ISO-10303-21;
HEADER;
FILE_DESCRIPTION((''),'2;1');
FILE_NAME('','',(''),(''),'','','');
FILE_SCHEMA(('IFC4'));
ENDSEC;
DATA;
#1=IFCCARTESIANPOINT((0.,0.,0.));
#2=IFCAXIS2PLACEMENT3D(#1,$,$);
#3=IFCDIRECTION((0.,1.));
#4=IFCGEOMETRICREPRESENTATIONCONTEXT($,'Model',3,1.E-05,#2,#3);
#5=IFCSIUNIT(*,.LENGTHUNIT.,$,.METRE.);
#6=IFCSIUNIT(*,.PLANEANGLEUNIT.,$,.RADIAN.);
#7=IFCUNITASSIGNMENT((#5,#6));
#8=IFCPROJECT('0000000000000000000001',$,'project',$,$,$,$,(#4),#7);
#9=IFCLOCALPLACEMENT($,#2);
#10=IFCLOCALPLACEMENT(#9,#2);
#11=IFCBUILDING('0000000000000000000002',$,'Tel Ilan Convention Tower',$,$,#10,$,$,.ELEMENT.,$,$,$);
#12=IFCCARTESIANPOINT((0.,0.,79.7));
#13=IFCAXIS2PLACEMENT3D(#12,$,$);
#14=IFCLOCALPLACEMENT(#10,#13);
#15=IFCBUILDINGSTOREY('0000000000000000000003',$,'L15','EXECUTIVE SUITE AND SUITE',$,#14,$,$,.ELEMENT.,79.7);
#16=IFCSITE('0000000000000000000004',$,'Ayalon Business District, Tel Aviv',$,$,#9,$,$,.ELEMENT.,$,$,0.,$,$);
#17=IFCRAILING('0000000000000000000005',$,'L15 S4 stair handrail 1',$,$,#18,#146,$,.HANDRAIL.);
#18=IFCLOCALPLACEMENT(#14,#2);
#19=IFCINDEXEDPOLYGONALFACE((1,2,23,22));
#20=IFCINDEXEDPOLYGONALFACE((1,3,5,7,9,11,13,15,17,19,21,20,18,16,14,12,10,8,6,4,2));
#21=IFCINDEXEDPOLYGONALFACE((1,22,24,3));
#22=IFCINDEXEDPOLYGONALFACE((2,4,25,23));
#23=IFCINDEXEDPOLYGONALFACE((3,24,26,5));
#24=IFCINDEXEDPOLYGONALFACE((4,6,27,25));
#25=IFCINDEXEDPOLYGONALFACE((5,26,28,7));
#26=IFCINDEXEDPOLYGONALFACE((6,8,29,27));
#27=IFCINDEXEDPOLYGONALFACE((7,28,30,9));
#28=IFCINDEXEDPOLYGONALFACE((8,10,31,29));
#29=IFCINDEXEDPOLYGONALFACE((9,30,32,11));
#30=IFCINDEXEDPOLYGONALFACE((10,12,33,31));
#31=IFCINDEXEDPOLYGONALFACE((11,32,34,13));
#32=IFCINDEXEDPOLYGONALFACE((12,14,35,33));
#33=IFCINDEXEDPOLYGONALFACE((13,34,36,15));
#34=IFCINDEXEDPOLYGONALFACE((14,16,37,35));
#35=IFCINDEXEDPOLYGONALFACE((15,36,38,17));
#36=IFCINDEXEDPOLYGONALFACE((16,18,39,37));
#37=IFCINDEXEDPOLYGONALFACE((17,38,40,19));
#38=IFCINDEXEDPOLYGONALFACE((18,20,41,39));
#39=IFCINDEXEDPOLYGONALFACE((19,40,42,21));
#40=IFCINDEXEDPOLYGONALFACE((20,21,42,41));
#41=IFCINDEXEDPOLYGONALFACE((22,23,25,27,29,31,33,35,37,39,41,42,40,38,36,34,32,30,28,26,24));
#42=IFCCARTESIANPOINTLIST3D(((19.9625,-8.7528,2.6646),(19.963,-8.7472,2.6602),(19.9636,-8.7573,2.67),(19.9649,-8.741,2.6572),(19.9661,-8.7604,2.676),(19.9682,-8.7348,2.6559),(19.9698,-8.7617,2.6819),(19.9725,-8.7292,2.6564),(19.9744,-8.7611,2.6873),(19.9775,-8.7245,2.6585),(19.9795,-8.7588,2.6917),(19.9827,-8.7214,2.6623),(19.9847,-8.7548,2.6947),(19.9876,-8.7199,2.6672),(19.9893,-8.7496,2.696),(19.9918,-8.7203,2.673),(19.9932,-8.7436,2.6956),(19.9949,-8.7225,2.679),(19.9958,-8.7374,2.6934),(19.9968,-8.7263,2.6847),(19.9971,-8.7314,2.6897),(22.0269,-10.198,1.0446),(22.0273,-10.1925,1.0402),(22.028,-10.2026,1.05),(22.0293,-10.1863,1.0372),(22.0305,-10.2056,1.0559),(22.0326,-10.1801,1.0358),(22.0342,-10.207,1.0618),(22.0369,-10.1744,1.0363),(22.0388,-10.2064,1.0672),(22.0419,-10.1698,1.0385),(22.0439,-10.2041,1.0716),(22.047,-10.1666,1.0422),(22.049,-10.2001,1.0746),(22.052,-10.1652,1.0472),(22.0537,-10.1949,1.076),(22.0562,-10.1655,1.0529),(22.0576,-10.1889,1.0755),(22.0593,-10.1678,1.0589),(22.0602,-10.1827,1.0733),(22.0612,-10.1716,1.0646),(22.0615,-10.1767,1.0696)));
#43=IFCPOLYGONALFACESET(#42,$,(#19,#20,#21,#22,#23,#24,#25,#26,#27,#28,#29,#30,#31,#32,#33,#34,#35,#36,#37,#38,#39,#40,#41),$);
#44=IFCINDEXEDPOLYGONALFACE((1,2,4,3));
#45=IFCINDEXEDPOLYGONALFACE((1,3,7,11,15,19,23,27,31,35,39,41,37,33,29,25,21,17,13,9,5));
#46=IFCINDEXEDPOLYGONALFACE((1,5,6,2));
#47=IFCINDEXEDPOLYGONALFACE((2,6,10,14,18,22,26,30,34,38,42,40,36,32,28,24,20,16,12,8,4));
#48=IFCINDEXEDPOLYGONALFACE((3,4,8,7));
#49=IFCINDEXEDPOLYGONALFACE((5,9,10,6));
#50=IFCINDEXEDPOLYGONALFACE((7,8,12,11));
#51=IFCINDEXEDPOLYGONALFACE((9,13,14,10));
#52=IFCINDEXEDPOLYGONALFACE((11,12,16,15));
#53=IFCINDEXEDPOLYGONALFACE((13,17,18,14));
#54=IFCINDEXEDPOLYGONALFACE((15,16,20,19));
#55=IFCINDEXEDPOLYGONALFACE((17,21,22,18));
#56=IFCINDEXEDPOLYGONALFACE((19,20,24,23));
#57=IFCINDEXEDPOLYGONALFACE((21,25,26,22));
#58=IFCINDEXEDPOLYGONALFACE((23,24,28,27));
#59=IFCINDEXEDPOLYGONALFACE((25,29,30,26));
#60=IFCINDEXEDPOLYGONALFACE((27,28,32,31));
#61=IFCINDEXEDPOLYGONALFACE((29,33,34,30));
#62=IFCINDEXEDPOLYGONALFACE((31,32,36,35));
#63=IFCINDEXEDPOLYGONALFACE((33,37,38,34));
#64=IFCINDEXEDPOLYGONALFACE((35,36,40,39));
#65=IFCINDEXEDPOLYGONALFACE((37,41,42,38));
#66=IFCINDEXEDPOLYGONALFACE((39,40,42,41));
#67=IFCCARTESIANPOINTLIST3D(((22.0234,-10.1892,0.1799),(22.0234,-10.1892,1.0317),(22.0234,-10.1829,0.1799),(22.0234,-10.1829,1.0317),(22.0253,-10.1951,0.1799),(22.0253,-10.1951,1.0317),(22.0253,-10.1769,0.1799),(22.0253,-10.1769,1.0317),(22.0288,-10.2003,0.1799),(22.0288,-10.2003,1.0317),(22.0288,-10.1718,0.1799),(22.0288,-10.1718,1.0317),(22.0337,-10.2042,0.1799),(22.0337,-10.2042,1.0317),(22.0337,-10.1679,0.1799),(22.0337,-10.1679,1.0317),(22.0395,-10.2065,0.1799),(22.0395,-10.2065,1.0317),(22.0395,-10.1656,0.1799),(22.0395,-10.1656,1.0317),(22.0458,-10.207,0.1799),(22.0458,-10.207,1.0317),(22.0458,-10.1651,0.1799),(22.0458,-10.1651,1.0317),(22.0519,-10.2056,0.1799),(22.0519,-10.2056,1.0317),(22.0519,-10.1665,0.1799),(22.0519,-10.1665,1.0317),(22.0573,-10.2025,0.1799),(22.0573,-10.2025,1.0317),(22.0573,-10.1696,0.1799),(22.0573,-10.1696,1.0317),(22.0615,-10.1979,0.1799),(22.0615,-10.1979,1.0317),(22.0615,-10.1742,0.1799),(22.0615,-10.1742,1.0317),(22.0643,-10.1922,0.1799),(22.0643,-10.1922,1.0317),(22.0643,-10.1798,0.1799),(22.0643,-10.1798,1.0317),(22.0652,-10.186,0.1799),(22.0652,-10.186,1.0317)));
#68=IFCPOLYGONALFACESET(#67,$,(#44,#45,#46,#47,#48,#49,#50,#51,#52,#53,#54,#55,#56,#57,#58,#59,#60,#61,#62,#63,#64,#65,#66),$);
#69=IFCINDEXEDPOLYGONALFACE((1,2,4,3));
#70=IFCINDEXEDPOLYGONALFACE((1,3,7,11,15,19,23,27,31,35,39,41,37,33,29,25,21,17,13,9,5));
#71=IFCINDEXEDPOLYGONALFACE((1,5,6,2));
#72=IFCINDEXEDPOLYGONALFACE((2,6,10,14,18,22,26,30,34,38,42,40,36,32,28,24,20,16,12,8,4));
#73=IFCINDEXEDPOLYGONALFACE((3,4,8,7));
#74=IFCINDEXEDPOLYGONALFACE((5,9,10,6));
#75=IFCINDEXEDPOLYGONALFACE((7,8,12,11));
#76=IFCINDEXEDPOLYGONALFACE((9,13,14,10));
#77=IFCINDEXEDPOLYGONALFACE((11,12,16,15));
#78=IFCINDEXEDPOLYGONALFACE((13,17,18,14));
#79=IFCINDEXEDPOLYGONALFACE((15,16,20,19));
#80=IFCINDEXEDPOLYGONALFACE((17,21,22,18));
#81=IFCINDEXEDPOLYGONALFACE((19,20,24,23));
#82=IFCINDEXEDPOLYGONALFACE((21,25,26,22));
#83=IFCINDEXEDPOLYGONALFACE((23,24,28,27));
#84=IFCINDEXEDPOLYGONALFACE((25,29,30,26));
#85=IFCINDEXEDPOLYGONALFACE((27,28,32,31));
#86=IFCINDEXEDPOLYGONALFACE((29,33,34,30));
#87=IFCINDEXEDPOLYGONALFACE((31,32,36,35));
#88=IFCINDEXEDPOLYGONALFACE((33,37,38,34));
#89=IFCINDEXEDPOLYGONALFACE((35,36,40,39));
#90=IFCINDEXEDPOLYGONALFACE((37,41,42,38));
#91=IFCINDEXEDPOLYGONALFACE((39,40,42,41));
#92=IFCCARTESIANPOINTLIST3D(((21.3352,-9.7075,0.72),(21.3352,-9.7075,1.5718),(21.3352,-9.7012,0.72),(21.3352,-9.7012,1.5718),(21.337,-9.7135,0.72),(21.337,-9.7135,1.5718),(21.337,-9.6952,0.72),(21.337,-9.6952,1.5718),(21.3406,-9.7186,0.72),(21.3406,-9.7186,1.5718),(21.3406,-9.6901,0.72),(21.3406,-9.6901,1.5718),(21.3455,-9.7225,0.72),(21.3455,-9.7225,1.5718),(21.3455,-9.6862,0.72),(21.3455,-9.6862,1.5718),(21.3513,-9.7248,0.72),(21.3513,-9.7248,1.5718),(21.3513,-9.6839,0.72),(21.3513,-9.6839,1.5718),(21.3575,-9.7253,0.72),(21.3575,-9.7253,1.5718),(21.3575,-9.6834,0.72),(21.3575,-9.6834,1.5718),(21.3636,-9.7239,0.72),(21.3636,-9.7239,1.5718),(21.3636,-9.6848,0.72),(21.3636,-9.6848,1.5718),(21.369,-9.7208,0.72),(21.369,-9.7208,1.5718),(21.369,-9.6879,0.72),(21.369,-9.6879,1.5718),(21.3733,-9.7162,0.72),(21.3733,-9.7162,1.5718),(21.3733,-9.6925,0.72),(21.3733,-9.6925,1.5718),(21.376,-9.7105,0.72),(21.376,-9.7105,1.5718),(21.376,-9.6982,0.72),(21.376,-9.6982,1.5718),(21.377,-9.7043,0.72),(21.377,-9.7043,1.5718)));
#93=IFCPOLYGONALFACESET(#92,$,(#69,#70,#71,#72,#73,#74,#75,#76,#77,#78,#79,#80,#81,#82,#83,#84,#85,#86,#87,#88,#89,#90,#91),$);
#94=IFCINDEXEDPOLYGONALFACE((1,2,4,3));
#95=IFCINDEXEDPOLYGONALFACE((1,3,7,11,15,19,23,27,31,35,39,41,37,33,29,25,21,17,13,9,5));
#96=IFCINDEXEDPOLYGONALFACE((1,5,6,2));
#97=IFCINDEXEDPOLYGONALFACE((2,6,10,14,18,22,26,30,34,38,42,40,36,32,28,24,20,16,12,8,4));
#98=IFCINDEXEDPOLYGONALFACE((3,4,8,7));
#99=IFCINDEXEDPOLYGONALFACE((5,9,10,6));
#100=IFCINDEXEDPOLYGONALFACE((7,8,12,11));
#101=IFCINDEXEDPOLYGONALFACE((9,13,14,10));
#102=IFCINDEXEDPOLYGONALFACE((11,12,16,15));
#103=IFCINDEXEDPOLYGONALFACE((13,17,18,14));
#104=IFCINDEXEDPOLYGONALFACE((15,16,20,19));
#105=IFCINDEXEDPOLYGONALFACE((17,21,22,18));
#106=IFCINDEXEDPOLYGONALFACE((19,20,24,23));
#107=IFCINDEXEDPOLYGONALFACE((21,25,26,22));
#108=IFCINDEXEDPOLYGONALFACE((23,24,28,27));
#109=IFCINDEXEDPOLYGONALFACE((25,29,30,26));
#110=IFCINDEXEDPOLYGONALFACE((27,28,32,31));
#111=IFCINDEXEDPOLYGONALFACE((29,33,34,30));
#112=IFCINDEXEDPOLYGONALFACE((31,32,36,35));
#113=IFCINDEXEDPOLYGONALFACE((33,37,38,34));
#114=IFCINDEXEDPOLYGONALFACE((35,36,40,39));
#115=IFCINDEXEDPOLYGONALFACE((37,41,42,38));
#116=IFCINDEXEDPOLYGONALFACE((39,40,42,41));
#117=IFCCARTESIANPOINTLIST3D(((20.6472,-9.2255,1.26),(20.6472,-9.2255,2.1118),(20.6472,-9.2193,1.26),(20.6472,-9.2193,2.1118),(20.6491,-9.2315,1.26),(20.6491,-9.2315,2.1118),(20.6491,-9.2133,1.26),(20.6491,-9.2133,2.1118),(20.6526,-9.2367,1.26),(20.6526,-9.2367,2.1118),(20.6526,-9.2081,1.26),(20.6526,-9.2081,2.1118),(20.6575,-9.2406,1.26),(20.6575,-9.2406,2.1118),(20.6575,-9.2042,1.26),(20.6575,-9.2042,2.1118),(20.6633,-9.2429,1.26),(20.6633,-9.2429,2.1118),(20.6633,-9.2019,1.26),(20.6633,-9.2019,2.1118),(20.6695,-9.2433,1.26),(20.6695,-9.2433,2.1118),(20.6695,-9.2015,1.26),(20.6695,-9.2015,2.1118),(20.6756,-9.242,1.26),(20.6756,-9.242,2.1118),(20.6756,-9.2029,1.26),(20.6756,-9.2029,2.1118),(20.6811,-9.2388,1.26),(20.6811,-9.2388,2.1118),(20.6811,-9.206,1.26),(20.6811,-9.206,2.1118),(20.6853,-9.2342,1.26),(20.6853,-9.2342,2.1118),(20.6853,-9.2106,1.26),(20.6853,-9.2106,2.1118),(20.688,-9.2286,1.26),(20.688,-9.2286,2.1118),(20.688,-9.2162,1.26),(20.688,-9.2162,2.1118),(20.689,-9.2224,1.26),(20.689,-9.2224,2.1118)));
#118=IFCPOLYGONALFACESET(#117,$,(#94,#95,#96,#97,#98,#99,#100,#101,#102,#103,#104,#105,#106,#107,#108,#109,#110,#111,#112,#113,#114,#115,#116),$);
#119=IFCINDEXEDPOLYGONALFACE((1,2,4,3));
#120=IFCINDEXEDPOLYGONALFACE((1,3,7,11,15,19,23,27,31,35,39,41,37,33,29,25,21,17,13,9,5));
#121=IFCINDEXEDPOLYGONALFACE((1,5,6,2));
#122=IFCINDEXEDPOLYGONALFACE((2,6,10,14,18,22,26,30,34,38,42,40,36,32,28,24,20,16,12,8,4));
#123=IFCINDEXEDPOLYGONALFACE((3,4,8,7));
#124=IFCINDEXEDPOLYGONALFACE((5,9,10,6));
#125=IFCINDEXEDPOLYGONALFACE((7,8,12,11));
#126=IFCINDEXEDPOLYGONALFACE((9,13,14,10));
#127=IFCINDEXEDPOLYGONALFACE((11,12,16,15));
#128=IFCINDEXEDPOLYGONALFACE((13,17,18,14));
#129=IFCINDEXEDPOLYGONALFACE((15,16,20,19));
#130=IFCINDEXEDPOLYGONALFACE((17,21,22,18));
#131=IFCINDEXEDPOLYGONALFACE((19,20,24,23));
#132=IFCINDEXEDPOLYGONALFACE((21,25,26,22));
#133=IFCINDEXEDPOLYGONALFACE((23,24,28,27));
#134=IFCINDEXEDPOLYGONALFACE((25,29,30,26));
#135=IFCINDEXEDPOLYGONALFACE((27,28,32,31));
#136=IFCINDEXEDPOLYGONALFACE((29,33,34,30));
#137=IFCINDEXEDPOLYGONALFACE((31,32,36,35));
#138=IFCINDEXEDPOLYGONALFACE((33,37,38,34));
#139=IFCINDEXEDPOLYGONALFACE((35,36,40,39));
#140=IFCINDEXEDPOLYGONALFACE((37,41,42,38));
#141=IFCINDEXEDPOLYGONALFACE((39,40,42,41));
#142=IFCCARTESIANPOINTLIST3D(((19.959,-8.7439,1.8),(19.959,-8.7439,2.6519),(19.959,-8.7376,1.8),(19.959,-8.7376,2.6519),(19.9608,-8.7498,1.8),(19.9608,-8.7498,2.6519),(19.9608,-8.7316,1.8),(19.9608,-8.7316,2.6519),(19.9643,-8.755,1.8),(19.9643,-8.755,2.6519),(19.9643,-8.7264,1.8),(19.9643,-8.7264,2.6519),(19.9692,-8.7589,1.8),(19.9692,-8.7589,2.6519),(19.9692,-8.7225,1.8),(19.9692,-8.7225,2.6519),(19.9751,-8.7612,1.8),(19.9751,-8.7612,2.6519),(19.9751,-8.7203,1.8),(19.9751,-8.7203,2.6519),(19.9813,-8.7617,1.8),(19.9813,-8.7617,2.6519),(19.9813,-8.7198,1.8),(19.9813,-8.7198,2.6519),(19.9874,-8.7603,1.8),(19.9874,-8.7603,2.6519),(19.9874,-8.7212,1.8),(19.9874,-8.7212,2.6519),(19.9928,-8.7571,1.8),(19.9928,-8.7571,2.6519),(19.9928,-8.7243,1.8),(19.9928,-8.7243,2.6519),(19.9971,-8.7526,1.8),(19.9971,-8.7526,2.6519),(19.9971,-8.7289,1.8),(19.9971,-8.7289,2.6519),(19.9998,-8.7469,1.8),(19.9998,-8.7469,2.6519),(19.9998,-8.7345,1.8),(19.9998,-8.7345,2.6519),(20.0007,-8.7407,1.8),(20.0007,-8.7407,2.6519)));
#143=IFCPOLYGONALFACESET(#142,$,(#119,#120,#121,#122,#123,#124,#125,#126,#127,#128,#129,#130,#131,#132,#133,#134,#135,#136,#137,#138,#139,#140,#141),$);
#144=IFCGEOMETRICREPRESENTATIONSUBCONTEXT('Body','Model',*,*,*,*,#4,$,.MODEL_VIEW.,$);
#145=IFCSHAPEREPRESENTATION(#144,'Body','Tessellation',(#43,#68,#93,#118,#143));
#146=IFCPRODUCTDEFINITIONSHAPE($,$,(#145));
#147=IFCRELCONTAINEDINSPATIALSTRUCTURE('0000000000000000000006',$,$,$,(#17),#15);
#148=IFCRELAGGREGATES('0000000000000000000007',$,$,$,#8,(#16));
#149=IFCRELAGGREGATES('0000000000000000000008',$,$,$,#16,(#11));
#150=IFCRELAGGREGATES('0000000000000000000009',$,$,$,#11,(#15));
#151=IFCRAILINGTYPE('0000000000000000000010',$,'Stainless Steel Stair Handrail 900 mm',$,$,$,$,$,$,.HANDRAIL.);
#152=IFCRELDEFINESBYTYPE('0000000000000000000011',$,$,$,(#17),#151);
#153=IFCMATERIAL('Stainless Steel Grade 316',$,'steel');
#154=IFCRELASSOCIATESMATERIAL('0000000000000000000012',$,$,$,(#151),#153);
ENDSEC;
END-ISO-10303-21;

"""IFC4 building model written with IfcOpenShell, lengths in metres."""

from ifc_helpers import new_model, si_unit, direction, frame, origin, origin_2d, place, context, subcontext, project, spatial, circle, extrude, material, type_object, element, save


model = new_model("IFC4")

# Units and contexts
model_context = context("Model", 3, precision=1e-05, world=origin(), true_north=direction((0.0, 1.0)))
body_context = subcontext(model_context, "Body", "Model", "MODEL_VIEW")
ifc_project = project(units=[si_unit("LENGTHUNIT", "METRE"), si_unit("PLANEANGLEUNIT", "RADIAN")], contexts=[model_context])

# Site, building, storey
site_placement = place(None, origin())
site = spatial("IfcSite", under=ifc_project, at=site_placement, Name="Ayalon Business District, Tel Aviv", CompositionType="ELEMENT", RefElevation=0.0)
building_placement = place(site_placement, origin())
building = spatial("IfcBuilding", under=site, at=building_placement, Name="Tel Ilan Convention Tower", CompositionType="ELEMENT")
storey_placement = place(building_placement, frame((0.0, 0.0, 79.7)))
storey = spatial("IfcBuildingStorey", under=building, at=storey_placement, Name="L15", Description="EXECUTIVE SUITE AND SUITE", CompositionType="ELEMENT", Elevation=79.7)

# Railing
ifc_material_1 = material(Name="Stainless Steel Grade 316", Category="steel")
railing_type_1 = type_object("IfcRailingType", Name="Stainless Steel Stair Handrail 900 mm", PredefinedType="HANDRAIL", material=ifc_material_1)
railing_1_placement = place(storey_placement, frame((22.0442, -10.186, 0.1799)))
element("IfcRailing", 1, at=railing_1_placement, inside=storey, type_object=railing_type_1, Name="L15 S4 stair handrail 1", PredefinedType="HANDRAIL", context=body_context, shape_type="SweptSolid", body=[
    extrude(circle(Radius=0.0239, at=origin_2d()), frame((0.0, 0.0, 0.876), z_axis=(-0.689083, 0.482423, 0.54077), x_axis=(-0.573514, -0.819196, 0.0)), (0.0, 0.0, 1.0), 2.9958),
    extrude(circle(Radius=0.021, at=origin_2d()), origin(), (0.0, 0.0, 1.0), 0.8518),
    extrude(circle(Radius=0.021, at=origin_2d()), frame((-0.6882, 0.4817, 0.54)), (0.0, 0.0, 1.0), 0.8518),
    extrude(circle(Radius=0.021, at=origin_2d()), frame((-1.3762, 0.9636, 1.0801)), (0.0, 0.0, 1.0), 0.8518),
    extrude(circle(Radius=0.021, at=origin_2d()), frame((-2.0645, 1.4453, 1.6201)), (0.0, 0.0, 1.0), 0.8518),
])

save(model, "model.ifc")
